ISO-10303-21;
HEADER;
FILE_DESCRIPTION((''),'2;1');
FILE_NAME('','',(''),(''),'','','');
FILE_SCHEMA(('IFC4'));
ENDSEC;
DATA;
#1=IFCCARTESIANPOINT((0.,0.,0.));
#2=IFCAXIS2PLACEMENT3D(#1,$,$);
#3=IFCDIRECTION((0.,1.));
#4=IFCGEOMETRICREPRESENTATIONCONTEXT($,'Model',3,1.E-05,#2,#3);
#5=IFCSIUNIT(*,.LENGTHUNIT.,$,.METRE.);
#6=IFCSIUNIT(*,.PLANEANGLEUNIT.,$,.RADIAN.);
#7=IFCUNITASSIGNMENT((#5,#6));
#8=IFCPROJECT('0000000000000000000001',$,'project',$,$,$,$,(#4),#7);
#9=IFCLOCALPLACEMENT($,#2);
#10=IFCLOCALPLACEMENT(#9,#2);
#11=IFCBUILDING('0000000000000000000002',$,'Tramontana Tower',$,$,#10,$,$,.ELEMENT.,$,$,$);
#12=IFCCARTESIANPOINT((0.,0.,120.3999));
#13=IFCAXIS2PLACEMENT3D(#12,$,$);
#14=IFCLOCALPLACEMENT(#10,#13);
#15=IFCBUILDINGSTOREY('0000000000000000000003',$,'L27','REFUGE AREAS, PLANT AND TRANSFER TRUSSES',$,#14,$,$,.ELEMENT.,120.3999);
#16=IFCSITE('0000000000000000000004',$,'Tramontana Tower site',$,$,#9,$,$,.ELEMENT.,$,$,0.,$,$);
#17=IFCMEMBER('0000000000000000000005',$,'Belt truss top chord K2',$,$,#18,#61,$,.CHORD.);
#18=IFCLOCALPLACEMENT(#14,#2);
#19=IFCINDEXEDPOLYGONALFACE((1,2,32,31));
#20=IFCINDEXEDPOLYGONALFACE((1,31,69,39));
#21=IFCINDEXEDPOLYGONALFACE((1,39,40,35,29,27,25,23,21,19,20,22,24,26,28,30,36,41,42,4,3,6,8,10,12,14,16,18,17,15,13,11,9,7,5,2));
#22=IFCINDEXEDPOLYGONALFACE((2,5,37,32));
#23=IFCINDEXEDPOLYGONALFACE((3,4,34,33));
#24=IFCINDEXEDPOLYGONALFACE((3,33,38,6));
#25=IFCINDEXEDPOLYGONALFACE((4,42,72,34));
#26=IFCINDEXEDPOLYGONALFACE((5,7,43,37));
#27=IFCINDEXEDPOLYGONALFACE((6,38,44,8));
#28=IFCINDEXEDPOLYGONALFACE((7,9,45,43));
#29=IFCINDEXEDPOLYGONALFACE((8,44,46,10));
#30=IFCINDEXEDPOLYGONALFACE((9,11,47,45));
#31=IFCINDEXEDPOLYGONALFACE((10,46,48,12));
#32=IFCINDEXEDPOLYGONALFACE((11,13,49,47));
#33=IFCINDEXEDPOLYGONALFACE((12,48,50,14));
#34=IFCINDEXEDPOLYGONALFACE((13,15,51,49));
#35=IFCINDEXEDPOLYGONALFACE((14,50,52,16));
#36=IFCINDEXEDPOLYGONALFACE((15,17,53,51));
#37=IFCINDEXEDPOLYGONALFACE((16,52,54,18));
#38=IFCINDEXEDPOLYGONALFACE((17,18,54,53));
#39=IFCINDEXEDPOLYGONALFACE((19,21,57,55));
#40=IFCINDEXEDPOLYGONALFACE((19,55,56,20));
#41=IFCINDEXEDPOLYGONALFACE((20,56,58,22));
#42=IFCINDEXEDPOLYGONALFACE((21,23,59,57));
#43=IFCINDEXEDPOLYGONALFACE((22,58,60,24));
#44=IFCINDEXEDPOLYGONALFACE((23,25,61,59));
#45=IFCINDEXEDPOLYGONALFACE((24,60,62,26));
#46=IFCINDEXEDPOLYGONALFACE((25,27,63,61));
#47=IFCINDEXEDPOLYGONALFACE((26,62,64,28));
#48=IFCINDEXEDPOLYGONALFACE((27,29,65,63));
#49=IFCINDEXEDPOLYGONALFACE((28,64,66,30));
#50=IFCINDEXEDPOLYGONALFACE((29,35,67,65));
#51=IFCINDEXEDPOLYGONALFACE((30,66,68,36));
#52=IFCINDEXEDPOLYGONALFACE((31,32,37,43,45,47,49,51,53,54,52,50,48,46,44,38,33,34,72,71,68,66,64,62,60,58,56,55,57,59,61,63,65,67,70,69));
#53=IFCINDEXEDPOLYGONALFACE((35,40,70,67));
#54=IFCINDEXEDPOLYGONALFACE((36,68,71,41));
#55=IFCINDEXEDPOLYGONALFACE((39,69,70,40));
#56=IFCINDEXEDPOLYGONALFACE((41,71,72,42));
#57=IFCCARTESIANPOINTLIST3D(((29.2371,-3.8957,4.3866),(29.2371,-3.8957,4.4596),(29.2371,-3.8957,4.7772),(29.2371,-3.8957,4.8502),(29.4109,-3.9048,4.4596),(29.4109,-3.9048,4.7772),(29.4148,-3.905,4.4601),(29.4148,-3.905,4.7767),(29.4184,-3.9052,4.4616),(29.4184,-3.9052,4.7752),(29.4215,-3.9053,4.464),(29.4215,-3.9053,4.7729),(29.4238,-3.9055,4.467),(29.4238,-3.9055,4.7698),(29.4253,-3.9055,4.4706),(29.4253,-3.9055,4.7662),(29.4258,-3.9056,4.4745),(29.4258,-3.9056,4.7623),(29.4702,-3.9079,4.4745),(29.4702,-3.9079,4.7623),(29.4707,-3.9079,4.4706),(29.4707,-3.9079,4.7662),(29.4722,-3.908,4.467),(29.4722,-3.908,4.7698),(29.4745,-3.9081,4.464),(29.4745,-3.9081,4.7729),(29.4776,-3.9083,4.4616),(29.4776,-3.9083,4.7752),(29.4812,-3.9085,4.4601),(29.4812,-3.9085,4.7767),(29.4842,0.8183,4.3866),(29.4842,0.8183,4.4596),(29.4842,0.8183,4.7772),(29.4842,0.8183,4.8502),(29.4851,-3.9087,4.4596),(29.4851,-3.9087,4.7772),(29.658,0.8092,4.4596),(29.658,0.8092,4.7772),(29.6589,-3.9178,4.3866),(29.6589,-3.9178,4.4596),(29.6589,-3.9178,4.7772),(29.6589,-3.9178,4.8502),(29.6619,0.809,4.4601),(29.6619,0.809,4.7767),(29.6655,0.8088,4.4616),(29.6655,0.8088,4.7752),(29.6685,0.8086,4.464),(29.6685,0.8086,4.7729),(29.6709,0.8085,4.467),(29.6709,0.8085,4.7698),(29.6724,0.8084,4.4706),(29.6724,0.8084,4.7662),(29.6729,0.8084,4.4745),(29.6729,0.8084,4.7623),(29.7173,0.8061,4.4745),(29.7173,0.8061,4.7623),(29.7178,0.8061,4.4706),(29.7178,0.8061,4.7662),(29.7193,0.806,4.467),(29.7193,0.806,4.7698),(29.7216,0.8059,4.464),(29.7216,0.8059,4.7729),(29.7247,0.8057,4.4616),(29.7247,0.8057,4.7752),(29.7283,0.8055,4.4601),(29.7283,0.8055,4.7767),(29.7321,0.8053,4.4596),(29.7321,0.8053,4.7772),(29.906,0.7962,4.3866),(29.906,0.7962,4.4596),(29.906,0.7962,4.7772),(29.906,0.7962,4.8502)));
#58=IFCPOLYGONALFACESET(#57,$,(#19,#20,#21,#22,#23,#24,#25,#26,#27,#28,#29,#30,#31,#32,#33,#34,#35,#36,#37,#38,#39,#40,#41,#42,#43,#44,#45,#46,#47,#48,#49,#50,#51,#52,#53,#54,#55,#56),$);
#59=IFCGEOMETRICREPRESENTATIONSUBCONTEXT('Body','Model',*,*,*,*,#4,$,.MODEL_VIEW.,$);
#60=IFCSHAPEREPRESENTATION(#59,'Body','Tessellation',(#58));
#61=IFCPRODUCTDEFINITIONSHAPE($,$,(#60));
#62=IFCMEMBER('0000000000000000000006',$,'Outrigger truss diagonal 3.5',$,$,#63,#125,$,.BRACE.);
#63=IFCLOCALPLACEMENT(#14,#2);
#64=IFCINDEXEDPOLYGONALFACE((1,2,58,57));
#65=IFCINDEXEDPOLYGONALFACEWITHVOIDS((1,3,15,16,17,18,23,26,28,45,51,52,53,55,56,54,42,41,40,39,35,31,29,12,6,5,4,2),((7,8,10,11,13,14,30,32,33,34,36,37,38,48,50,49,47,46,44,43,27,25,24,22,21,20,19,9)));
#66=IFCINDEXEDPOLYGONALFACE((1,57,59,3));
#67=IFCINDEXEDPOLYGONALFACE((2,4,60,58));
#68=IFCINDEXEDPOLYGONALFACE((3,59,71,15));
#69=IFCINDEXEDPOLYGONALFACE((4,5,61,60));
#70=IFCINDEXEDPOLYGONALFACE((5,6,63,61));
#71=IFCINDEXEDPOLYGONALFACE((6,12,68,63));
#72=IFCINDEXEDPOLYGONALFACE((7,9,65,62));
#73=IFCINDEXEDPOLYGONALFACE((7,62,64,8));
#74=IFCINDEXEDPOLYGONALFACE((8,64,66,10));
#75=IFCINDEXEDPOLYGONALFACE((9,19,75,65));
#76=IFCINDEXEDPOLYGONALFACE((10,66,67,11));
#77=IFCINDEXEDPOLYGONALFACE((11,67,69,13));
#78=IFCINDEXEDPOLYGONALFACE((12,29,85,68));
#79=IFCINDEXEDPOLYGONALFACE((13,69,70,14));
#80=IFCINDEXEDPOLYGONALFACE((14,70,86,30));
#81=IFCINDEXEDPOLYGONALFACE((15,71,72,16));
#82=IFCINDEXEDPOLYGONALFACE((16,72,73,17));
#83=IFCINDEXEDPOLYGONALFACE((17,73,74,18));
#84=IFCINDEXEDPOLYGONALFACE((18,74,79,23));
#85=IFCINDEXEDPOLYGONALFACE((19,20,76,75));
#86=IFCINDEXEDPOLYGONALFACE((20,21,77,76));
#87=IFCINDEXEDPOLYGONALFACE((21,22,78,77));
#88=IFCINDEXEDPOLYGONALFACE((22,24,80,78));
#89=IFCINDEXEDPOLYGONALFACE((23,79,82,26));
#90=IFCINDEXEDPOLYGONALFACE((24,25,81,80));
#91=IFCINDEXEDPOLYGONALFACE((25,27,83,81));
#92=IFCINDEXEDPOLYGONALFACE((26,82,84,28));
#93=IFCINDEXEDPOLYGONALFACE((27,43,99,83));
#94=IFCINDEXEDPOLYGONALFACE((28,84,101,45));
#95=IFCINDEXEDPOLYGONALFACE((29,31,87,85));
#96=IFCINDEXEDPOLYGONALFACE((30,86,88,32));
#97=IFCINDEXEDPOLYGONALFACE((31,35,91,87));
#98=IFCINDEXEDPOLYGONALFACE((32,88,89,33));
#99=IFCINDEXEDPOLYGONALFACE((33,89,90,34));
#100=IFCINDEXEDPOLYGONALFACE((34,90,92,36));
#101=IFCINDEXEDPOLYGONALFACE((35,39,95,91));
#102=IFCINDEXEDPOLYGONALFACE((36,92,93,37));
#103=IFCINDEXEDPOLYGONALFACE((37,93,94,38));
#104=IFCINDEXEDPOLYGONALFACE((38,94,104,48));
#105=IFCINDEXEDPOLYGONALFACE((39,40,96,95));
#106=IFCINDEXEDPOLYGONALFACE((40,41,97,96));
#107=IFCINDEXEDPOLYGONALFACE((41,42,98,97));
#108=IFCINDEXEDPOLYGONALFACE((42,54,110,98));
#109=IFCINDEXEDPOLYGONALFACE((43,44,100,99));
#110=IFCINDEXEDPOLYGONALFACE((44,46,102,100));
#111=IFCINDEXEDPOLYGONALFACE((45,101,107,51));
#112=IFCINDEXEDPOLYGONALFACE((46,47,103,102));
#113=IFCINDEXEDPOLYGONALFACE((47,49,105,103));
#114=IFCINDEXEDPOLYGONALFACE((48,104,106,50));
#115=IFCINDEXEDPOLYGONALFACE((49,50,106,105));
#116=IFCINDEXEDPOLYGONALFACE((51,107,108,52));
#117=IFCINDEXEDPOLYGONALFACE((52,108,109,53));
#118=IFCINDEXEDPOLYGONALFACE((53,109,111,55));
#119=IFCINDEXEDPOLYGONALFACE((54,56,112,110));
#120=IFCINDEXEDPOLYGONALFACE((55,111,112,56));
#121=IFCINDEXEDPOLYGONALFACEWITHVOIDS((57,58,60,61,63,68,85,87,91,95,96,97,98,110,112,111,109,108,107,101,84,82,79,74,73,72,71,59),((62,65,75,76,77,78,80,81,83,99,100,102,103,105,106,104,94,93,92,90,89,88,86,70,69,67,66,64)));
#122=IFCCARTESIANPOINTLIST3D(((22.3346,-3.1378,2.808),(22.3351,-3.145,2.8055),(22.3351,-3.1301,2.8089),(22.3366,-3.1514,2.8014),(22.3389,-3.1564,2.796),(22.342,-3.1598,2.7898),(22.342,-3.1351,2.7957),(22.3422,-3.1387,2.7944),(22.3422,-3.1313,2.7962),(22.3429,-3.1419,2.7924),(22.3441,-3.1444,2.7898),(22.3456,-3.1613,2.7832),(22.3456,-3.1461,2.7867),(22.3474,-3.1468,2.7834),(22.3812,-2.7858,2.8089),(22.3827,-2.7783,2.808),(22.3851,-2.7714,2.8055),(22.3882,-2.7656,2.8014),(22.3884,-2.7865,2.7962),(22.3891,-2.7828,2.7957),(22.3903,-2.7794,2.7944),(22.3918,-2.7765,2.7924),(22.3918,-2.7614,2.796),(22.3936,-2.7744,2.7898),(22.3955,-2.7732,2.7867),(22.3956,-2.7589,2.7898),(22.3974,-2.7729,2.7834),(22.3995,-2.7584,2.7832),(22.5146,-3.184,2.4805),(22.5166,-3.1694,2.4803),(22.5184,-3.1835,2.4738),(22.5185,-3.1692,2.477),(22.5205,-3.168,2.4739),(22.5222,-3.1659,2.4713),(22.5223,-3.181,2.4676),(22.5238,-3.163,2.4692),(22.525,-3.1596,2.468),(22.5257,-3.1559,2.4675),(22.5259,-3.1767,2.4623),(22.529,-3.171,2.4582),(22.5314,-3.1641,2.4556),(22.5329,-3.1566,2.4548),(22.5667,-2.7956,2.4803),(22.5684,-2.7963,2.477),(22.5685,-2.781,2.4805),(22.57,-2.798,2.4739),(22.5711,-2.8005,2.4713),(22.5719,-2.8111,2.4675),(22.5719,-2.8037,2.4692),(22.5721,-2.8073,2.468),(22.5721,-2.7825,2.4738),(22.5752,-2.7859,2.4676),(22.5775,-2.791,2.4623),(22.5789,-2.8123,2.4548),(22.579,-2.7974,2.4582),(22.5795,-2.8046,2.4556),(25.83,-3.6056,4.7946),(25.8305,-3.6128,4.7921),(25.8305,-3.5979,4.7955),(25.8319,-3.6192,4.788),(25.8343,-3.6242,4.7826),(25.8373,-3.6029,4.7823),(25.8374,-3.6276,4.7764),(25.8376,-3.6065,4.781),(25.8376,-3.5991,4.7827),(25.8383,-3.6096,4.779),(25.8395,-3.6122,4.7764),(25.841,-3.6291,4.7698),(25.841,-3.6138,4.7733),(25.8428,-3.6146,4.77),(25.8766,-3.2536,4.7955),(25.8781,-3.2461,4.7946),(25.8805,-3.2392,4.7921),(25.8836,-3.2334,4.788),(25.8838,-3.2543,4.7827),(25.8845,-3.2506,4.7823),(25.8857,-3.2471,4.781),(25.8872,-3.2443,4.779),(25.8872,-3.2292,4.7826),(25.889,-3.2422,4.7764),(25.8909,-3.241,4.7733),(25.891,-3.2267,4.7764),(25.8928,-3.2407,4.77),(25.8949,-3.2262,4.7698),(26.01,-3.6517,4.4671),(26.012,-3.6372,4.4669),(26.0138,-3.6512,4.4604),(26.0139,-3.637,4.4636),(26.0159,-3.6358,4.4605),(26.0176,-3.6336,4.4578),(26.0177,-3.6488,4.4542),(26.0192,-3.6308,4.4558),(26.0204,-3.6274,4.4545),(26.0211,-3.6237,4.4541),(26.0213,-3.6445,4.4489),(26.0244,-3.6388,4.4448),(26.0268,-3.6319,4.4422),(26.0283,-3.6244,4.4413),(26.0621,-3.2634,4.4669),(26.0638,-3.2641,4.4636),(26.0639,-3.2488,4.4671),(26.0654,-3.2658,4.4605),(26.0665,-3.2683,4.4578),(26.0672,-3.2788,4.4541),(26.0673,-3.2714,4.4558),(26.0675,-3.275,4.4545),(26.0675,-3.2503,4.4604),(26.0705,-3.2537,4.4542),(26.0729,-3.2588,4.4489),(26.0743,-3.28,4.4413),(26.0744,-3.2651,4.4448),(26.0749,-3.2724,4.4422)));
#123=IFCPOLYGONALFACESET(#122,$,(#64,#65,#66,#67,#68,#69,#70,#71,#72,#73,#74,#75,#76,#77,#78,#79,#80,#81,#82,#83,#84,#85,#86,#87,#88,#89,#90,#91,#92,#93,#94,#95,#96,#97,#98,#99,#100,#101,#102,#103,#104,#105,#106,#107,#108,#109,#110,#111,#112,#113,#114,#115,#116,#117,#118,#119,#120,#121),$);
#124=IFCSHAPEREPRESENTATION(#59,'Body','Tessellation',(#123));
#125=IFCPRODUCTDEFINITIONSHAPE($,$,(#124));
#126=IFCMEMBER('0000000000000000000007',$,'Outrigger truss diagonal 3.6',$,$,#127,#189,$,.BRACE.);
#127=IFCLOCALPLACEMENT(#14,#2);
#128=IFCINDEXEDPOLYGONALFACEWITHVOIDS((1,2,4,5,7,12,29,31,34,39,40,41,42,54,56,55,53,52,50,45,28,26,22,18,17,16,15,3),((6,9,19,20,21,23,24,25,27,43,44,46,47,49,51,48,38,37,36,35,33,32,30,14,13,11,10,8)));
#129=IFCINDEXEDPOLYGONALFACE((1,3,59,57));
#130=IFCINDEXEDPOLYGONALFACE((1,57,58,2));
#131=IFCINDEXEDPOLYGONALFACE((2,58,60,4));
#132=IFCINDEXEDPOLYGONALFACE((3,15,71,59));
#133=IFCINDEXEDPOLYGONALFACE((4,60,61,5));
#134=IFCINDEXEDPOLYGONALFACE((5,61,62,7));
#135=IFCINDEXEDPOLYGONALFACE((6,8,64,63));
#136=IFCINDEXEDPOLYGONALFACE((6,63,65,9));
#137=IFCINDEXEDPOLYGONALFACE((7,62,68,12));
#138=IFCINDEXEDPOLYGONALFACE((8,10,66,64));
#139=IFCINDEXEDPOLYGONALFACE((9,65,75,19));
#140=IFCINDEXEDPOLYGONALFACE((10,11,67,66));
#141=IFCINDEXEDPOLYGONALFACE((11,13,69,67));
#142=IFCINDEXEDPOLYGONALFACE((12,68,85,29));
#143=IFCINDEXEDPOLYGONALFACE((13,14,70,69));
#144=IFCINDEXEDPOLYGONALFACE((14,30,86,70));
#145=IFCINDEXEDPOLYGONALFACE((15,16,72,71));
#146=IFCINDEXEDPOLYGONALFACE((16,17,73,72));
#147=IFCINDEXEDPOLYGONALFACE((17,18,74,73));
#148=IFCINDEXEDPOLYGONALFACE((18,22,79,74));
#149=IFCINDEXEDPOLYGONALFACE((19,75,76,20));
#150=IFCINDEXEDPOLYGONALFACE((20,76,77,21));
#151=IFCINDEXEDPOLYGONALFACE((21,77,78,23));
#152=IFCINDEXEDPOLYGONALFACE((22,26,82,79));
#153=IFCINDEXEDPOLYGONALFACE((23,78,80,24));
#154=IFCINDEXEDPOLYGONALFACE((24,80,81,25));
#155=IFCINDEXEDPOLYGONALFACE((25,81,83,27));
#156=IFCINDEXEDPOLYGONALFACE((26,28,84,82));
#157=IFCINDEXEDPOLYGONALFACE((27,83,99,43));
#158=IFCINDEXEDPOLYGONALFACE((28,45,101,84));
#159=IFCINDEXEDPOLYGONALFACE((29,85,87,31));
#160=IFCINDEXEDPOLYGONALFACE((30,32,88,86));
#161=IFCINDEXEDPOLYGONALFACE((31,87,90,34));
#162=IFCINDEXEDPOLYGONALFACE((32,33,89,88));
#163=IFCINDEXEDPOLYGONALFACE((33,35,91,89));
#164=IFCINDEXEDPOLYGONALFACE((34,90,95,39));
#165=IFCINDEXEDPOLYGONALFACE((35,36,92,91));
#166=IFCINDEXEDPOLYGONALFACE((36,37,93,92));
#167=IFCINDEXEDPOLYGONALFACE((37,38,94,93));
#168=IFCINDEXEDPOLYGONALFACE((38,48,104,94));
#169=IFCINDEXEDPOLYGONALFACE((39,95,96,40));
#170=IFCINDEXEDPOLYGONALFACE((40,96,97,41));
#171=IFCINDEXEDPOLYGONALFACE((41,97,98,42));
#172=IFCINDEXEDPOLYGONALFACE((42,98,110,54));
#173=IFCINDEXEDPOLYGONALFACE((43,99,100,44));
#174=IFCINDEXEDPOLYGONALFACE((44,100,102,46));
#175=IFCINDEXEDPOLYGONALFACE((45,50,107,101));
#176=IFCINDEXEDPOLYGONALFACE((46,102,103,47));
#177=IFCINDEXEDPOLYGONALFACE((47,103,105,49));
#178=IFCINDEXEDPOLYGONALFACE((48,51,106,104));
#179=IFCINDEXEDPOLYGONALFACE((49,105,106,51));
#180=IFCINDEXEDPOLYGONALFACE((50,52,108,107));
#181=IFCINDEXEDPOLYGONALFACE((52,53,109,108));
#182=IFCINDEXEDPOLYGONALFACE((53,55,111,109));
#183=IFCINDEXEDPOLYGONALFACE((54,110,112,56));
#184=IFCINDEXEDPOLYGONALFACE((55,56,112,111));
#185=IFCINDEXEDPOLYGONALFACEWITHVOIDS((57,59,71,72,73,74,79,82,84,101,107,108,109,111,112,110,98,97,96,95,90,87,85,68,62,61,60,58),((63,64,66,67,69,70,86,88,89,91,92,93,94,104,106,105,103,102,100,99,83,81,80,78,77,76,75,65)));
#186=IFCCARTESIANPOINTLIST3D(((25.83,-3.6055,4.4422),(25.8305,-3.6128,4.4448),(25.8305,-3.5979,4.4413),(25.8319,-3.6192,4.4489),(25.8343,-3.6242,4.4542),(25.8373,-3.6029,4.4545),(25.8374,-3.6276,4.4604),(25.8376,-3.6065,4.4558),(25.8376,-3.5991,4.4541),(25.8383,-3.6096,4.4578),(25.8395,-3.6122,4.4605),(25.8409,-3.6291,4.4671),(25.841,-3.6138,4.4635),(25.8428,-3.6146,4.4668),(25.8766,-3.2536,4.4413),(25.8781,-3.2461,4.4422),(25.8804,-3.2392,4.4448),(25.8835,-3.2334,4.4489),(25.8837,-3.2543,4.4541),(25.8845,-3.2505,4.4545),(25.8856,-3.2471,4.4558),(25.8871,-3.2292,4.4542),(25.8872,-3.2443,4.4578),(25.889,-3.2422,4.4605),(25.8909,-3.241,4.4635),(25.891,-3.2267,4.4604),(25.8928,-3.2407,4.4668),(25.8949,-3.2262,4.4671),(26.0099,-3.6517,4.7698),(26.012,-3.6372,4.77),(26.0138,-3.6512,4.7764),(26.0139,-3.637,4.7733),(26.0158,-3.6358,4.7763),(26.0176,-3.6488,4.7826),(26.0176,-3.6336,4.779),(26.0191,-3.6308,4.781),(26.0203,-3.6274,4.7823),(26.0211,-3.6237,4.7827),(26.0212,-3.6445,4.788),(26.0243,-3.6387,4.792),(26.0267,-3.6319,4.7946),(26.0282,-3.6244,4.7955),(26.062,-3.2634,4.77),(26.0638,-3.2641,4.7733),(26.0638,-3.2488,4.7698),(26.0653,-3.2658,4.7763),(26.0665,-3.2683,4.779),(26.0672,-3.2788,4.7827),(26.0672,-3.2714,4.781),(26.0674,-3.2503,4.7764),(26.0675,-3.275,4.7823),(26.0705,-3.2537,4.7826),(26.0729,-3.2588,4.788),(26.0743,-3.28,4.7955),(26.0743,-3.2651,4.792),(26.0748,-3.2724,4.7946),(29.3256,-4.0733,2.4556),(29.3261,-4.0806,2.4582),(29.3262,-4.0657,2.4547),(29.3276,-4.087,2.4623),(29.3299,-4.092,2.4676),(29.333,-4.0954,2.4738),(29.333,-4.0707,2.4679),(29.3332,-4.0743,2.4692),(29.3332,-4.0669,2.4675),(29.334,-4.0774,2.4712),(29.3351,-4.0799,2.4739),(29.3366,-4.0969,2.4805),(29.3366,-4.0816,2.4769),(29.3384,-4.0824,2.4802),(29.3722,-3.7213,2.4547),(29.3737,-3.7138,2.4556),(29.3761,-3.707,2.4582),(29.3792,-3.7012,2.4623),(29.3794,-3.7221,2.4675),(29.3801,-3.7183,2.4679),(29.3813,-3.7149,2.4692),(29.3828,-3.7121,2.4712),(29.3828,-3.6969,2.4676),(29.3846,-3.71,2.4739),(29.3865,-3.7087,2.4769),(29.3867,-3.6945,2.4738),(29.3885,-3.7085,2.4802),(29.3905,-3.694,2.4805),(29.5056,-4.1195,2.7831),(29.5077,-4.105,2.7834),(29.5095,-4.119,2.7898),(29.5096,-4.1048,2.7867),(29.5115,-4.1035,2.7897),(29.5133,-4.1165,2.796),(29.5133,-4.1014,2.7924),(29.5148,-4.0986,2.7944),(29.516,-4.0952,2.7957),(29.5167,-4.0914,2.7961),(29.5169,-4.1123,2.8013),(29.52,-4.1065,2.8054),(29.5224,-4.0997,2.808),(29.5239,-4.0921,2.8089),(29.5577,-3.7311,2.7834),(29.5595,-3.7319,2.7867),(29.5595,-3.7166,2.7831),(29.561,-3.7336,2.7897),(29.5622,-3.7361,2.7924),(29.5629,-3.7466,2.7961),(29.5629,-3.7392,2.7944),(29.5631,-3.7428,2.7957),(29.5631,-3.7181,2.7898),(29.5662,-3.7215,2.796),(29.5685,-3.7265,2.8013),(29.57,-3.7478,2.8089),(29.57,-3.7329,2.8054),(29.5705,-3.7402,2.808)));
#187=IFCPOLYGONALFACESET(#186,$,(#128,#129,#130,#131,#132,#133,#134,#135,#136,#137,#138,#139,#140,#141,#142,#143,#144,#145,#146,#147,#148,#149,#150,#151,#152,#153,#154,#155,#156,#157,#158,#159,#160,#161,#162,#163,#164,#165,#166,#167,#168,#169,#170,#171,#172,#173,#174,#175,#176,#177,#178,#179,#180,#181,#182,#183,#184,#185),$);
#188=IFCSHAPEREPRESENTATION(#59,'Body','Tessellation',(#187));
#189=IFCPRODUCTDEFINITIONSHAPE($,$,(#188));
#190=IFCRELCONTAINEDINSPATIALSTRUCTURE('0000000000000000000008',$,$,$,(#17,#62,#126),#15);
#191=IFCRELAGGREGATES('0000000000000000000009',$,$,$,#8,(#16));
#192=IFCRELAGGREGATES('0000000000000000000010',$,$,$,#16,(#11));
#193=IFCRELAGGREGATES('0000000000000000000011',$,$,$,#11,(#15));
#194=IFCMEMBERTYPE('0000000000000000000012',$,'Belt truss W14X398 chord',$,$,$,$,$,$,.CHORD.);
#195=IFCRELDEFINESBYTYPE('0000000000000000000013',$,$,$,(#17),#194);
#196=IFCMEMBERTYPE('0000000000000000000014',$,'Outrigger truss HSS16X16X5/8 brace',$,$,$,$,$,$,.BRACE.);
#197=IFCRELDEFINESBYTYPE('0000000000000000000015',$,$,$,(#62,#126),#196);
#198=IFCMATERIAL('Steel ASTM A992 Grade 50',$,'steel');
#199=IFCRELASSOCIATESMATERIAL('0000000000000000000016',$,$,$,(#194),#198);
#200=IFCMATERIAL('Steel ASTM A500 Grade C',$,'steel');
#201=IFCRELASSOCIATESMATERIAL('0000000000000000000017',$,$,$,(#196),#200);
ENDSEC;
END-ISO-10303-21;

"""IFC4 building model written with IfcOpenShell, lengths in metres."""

from ifc_helpers import new_model, si_unit, direction, frame, origin, origin_2d, place, context, subcontext, project, spatial, hollow_rectangle, i_section, extrude, material, material_profile, profile_set, type_object, element, save


model = new_model("IFC4")

# Units and contexts
model_context = context("Model", 3, precision=1e-05, world=origin(), true_north=direction((0.0, 1.0)))
body_context = subcontext(model_context, "Body", "Model", "MODEL_VIEW")
ifc_project = project(units=[si_unit("LENGTHUNIT", "METRE"), si_unit("PLANEANGLEUNIT", "RADIAN")], contexts=[model_context])

# Site, building, storey
site_placement = place(None, origin())
site = spatial("IfcSite", under=ifc_project, at=site_placement, Name="Tramontana Tower site", CompositionType="ELEMENT", RefElevation=0.0)
building_placement = place(site_placement, origin())
building = spatial("IfcBuilding", under=site, at=building_placement, Name="Tramontana Tower", CompositionType="ELEMENT")
storey_placement = place(building_placement, frame((0.0, 0.0, 120.3999)))
storey = spatial("IfcBuildingStorey", under=building, at=storey_placement, Name="L27", Description="REFUGE AREAS, PLANT AND TRANSFER TRUSSES", CompositionType="ELEMENT", Elevation=120.3999)

# Members
ifc_material_1 = material(Name="Steel ASTM A992 Grade 50", Category="steel")
ifc_material_profile_1 = material_profile(ifc_material_1, i_section(OverallWidth=0.4224, OverallDepth=0.4636, WebThickness=0.0444, FlangeThickness=0.073, FilletRadius=0.0149, at=origin_2d()), Name="W14X398")
ifc_profile_set_1 = profile_set([ifc_material_profile_1], Name="Steel ASTM A992 Grade 50")
member_type_1 = type_object("IfcMemberType", Name="Belt truss W14X398 chord", PredefinedType="CHORD", material=ifc_profile_set_1)
for number, where, z_axis, x_axis, name in (
    (1, (29.448, -3.9067, 4.6184), (0.052342, 0.998629, 0.0), (-0.998629, 0.052342, 0.0), "Belt truss top chord K2"),
):
    element("IfcMember", number, at=place(storey_placement, frame(where, z_axis=z_axis, x_axis=x_axis)), inside=storey, type_object=member_type_1, Name=name, PredefinedType="CHORD", context=body_context, shape_type="SweptSolid", body=[
        extrude(i_section(OverallWidth=0.4224, OverallDepth=0.4636, WebThickness=0.0444, FlangeThickness=0.073, FilletRadius=0.0149, at=origin_2d()), origin(), (0.0, 0.0, 1.0), 4.7205),
    ])
ifc_material_2 = material(Name="Steel ASTM A500 Grade C", Category="steel")
ifc_material_profile_2 = material_profile(ifc_material_2, hollow_rectangle(XDim=0.4065, YDim=0.4065, WallThickness=0.0146, InnerFilletRadius=0.0146, OuterFilletRadius=0.0295, at=origin_2d()), Name="HSS16X16X5/8")
ifc_profile_set_2 = profile_set([ifc_material_profile_2], Name="Steel ASTM A500 Grade C")
member_type_2 = type_object("IfcMemberType", Name="Outrigger truss HSS16X16X5/8 brace", PredefinedType="BRACE", material=ifc_profile_set_2)
member_1_placement = place(storey_placement, frame((22.457, -2.9712, 2.6318), z_axis=(0.86357, -0.115569, 0.490806), x_axis=(0.132644, 0.991164, 0.0)))
element("IfcMember", 2, at=member_1_placement, inside=storey, type_object=member_type_2, Name="Outrigger truss diagonal 3.5", PredefinedType="BRACE", context=body_context, shape_type="SweptSolid", body=[
    extrude(hollow_rectangle(XDim=0.4065, YDim=0.4065, WallThickness=0.0146, InnerFilletRadius=0.0146, OuterFilletRadius=0.0295, at=origin_2d()), origin(), (0.0, 0.0, 1.0), 4.0476),
])
member_2_placement = place(storey_placement, frame((25.9524, -3.439, 4.6184), z_axis=(0.863585, -0.115563, -0.49078), x_axis=(0.132635, 0.991165, 0.0)))
element("IfcMember", 3, at=member_2_placement, inside=storey, type_object=member_type_2, Name="Outrigger truss diagonal 3.6", PredefinedType="BRACE", context=body_context, shape_type="SweptSolid", body=[
    extrude(hollow_rectangle(XDim=0.4065, YDim=0.4065, WallThickness=0.0146, InnerFilletRadius=0.0146, OuterFilletRadius=0.0295, at=origin_2d()), origin(), (0.0, 0.0, 1.0), 4.0479),
])

save(model, "model.ifc")
